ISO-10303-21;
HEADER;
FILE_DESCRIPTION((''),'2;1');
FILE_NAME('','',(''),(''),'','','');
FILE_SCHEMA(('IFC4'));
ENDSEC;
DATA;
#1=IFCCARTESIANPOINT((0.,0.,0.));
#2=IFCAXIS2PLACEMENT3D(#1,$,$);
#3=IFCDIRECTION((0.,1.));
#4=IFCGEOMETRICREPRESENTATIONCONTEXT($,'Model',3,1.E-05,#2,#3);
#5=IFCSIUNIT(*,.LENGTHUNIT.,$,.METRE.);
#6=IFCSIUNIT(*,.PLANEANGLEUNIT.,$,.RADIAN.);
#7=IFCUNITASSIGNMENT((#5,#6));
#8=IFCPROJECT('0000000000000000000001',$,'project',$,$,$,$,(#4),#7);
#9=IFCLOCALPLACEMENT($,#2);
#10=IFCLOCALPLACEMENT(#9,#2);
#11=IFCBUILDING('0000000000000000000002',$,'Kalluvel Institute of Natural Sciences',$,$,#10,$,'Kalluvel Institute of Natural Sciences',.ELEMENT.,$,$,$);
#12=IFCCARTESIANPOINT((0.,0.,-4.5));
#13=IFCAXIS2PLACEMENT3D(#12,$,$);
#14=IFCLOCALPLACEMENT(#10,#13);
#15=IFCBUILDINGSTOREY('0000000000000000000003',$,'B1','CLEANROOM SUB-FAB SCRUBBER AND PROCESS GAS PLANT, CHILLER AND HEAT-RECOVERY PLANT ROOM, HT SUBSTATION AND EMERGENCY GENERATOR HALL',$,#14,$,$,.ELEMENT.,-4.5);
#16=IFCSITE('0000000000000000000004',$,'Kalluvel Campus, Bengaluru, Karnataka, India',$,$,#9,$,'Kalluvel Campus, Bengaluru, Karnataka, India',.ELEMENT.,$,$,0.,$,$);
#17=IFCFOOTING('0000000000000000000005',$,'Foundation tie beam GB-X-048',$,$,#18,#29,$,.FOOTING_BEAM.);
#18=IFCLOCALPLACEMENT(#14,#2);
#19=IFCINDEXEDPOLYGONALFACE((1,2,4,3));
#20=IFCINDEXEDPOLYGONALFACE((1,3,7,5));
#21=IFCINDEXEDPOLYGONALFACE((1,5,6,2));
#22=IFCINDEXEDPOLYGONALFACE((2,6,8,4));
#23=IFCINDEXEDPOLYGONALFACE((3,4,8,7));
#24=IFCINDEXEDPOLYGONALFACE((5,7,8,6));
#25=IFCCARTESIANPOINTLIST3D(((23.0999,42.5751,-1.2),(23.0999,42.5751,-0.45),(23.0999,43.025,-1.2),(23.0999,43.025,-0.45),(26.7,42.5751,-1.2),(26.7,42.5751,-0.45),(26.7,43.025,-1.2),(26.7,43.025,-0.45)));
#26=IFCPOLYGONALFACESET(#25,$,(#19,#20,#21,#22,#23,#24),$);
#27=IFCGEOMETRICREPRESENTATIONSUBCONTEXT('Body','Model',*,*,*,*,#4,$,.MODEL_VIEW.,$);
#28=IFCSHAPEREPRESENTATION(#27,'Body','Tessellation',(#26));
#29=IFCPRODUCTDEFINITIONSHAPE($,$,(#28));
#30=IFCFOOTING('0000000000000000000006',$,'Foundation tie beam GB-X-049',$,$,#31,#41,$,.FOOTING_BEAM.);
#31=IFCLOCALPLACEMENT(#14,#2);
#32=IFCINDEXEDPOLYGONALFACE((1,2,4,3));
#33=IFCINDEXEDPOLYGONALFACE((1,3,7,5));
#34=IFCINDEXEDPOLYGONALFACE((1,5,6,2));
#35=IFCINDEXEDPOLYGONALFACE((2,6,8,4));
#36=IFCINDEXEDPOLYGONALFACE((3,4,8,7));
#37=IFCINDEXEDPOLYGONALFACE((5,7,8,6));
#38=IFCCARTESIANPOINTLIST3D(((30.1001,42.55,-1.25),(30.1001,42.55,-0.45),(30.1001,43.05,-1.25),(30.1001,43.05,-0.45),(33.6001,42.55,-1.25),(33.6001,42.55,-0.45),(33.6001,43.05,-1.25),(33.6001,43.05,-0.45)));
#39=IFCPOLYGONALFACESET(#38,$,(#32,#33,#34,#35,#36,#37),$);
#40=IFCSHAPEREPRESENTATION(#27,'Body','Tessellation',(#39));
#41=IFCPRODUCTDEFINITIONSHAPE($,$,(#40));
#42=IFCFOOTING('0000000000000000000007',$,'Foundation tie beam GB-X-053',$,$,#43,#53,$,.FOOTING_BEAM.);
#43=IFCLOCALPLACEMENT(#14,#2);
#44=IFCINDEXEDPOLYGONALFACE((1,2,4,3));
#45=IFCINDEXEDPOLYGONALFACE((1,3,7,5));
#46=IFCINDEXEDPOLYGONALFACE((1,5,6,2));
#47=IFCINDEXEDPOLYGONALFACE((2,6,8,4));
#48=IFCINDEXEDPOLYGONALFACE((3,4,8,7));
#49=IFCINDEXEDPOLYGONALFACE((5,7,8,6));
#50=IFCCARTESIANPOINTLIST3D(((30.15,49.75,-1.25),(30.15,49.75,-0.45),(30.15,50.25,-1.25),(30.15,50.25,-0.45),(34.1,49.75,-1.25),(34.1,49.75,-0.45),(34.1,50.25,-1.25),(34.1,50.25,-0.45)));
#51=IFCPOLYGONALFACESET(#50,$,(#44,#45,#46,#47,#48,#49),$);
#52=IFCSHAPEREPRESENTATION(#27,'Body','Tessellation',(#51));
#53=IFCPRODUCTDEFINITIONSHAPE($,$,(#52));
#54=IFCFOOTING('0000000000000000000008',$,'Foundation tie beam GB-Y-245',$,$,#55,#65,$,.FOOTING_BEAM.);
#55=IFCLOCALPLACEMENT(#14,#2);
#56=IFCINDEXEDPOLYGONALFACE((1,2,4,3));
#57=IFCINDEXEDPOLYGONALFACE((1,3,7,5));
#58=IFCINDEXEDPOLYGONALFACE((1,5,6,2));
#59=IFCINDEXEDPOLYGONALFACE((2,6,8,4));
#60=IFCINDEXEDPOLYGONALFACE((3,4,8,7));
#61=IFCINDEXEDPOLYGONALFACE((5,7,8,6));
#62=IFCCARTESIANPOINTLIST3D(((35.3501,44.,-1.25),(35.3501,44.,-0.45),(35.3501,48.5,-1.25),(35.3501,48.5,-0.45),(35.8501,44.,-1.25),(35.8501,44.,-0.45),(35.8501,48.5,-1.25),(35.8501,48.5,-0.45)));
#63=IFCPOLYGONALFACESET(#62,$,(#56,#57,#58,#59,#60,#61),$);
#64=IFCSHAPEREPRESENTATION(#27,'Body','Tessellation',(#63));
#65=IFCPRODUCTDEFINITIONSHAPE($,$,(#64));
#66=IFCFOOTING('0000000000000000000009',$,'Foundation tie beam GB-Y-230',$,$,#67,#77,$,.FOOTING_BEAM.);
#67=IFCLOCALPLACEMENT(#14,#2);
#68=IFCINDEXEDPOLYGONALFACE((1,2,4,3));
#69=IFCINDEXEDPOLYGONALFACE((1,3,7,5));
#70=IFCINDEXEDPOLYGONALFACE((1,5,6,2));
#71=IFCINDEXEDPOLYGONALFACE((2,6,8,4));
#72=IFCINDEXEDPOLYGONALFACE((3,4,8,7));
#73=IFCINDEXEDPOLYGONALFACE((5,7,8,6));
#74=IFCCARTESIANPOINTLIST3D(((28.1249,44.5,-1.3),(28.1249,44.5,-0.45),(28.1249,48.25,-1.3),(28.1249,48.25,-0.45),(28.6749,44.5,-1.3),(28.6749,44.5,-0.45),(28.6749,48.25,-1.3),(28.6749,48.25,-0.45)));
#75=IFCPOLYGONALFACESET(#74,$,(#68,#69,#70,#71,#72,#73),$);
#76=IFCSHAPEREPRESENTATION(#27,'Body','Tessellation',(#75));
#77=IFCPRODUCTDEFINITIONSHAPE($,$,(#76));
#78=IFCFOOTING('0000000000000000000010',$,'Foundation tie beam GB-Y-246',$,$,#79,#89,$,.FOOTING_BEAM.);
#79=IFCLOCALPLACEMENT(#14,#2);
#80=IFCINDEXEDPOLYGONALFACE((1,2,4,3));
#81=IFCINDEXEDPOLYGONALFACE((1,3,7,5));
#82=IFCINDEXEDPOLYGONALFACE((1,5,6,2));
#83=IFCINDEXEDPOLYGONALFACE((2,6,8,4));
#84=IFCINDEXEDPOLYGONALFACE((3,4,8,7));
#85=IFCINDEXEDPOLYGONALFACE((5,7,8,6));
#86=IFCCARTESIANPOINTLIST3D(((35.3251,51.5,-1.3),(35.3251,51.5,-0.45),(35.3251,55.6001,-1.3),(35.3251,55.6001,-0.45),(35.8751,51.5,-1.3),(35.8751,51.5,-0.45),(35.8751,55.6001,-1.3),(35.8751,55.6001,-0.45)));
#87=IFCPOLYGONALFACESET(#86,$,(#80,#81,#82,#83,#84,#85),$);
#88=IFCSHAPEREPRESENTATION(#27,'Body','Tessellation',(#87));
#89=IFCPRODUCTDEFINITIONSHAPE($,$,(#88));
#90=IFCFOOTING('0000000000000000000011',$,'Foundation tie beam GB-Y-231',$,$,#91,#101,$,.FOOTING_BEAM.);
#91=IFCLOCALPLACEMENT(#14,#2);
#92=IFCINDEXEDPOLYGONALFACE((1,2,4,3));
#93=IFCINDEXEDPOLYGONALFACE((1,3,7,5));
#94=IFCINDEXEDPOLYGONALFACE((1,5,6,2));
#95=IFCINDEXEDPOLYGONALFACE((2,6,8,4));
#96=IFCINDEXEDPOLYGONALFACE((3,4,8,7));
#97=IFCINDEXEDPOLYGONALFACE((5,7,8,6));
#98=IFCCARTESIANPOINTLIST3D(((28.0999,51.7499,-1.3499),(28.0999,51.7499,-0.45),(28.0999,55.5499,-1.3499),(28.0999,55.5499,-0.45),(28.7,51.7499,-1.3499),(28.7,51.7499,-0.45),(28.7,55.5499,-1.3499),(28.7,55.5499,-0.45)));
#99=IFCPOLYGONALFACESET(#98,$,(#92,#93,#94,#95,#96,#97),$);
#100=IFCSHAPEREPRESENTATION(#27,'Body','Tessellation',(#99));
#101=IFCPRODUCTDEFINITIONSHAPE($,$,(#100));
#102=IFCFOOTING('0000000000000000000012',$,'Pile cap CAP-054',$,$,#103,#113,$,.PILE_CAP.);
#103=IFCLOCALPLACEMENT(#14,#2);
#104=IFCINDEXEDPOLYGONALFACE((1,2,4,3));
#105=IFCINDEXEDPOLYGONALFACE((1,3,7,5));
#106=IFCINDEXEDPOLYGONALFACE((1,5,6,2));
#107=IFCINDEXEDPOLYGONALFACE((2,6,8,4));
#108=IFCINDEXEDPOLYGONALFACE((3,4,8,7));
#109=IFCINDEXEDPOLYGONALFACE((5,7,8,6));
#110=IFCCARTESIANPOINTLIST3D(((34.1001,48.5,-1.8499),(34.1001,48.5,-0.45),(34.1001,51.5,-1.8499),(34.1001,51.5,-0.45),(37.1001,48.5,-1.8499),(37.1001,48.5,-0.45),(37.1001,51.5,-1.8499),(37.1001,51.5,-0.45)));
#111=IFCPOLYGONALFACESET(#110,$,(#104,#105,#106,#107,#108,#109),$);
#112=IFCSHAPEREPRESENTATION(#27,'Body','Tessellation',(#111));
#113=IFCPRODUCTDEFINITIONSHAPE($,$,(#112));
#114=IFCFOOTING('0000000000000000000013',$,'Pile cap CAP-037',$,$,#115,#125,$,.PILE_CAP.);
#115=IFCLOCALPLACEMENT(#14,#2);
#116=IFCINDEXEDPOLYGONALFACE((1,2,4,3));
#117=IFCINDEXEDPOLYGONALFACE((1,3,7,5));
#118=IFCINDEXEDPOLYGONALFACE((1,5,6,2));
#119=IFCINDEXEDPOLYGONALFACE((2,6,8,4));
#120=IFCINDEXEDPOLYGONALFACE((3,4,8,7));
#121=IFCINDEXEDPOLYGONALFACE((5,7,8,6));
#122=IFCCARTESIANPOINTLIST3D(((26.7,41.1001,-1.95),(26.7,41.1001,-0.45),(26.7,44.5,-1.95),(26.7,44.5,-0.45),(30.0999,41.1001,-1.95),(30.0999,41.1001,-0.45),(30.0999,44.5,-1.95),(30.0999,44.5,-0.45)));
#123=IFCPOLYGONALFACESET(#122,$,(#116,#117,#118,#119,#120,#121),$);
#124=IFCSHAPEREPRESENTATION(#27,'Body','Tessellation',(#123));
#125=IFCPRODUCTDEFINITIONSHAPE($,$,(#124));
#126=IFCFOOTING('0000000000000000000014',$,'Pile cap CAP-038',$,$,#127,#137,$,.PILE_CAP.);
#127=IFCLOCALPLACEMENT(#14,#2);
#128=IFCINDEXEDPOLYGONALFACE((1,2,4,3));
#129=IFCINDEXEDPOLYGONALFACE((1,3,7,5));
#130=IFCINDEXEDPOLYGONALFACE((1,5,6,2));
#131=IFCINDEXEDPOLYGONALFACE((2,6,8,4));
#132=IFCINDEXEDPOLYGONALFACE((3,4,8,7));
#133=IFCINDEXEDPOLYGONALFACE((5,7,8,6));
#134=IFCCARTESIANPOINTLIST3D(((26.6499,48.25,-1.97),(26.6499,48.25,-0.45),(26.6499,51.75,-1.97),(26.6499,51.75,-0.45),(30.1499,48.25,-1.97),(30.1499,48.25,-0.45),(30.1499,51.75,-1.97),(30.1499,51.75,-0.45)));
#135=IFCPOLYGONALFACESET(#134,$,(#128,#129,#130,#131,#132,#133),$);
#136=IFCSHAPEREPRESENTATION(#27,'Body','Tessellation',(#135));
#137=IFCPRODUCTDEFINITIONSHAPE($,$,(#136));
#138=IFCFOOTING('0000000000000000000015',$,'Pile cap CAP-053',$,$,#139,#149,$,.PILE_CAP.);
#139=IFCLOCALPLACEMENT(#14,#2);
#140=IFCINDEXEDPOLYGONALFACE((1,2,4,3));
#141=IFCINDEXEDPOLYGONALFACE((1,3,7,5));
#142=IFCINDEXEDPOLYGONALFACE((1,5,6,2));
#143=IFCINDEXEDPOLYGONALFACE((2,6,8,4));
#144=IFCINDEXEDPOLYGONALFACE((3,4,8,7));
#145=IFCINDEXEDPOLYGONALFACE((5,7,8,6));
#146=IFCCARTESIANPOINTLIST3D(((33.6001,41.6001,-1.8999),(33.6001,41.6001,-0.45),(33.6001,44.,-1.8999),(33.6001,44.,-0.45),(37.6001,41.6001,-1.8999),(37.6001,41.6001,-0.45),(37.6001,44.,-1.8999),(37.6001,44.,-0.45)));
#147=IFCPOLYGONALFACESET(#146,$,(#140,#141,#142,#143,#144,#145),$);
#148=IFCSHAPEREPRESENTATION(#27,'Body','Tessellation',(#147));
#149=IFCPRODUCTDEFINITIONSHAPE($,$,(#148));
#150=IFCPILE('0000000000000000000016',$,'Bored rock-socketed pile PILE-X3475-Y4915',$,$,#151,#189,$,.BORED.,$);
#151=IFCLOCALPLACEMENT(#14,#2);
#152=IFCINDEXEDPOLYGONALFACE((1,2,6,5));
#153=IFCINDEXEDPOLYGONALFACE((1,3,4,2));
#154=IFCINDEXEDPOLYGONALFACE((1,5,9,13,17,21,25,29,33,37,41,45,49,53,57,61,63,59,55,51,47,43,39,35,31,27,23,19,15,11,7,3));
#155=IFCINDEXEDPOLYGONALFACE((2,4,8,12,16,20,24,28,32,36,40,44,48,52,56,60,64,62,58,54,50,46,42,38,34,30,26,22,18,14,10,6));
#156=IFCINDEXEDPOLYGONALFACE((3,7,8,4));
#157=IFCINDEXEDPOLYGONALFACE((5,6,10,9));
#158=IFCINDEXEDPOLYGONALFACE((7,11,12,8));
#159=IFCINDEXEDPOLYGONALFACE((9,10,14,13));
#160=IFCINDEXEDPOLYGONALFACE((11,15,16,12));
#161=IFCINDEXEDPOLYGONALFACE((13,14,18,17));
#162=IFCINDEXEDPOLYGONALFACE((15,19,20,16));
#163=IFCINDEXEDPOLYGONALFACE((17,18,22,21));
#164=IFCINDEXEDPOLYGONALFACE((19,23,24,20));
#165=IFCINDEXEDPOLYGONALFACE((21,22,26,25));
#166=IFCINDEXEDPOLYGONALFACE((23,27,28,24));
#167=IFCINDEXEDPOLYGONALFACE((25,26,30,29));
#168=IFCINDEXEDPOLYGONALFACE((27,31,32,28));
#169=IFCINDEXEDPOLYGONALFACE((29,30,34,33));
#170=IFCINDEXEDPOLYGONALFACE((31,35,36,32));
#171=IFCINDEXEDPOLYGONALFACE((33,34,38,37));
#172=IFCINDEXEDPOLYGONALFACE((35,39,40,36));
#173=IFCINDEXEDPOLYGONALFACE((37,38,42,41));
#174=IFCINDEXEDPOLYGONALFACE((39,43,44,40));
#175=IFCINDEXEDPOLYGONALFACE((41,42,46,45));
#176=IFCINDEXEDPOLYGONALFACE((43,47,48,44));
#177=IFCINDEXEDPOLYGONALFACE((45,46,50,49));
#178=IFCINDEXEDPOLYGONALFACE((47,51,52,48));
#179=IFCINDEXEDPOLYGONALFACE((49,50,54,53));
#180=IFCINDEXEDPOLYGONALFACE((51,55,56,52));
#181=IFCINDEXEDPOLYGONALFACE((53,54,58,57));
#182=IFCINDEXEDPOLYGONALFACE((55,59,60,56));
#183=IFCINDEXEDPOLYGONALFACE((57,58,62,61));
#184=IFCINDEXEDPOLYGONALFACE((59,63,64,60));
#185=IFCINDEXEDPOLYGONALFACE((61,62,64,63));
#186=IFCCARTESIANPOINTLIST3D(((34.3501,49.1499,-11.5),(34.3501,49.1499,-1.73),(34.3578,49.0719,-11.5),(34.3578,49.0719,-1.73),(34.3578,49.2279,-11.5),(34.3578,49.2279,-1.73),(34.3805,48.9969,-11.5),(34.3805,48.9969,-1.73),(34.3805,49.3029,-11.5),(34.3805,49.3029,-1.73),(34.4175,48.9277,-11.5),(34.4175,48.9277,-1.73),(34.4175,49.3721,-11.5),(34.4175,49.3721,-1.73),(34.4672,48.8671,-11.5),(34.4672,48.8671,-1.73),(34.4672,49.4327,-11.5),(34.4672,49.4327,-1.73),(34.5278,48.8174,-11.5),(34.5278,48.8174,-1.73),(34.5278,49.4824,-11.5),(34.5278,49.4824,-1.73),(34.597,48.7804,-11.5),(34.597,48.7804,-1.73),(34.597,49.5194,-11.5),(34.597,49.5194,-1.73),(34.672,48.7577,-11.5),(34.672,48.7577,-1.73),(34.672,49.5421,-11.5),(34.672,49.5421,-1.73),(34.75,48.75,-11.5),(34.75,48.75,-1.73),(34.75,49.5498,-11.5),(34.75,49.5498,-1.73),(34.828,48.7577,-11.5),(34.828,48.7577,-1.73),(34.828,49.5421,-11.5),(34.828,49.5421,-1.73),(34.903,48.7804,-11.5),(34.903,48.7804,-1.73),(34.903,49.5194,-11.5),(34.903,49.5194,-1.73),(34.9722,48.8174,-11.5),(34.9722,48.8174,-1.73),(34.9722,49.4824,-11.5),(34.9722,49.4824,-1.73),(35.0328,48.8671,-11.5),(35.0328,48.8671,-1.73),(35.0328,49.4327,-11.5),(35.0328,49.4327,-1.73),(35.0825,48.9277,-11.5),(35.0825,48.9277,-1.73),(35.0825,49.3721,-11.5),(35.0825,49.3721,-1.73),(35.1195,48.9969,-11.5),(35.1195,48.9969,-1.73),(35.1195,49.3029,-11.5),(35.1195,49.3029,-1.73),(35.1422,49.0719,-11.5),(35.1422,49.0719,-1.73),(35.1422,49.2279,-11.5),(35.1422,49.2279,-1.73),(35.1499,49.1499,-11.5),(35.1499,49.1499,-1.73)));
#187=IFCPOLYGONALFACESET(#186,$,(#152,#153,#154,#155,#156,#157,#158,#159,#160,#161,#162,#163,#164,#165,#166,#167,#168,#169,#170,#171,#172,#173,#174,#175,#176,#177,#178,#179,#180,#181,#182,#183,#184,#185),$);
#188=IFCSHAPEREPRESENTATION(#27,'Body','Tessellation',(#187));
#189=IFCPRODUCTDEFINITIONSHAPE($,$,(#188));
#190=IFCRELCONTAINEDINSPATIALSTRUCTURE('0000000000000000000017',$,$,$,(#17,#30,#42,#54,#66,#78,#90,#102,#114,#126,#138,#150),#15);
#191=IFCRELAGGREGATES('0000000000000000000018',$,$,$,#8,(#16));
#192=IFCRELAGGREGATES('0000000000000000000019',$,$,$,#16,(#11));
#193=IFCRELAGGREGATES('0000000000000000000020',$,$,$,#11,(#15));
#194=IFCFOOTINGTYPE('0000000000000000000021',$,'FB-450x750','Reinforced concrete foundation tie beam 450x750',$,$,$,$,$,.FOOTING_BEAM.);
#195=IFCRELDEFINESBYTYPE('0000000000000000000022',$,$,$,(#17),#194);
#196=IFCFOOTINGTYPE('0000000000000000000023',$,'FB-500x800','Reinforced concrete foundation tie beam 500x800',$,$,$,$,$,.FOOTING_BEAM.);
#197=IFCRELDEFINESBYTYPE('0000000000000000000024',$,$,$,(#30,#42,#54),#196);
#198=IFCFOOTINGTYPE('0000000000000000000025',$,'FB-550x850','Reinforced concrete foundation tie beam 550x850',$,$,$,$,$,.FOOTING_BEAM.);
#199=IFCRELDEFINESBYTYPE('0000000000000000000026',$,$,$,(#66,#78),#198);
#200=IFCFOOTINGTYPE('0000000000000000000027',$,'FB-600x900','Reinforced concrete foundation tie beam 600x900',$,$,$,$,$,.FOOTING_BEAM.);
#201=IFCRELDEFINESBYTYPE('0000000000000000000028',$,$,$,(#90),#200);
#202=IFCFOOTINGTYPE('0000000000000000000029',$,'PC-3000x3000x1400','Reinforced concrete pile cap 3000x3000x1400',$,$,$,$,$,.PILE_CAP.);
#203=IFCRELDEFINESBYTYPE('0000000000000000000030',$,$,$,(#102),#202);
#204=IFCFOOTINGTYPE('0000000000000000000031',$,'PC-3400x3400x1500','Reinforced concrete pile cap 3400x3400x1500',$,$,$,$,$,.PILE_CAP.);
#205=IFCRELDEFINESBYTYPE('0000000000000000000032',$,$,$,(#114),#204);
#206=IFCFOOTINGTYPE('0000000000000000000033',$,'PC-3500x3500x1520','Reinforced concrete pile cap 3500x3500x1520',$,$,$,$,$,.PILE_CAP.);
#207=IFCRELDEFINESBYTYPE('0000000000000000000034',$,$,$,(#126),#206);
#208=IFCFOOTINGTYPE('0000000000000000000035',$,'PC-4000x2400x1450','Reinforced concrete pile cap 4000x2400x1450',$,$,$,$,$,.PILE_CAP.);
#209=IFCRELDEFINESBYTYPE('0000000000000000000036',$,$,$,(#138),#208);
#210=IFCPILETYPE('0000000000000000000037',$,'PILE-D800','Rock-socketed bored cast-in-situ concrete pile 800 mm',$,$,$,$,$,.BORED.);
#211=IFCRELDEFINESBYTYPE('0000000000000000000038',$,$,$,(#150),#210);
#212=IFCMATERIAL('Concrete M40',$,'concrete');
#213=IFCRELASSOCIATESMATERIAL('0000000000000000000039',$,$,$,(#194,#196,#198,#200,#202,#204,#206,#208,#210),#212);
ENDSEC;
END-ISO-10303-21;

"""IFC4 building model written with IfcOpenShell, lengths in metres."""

from ifc_helpers import new_model, si_unit, direction, frame, origin, origin_2d, place, context, subcontext, project, spatial, rectangle, circle, extrude, material, material_profile, profile_set, type_object, element, save


model = new_model("IFC4")

# Units and contexts
model_context = context("Model", 3, precision=1e-05, world=origin(), true_north=direction((0.0, 1.0)))
body_context = subcontext(model_context, "Body", "Model", "MODEL_VIEW")
ifc_project = project(units=[si_unit("LENGTHUNIT", "METRE"), si_unit("PLANEANGLEUNIT", "RADIAN")], contexts=[model_context])

# Site, building, storey
site_placement = place(None, origin())
site = spatial("IfcSite", under=ifc_project, at=site_placement, Name="Kalluvel Campus, Bengaluru, Karnataka, India", LongName="Kalluvel Campus, Bengaluru, Karnataka, India", CompositionType="ELEMENT", RefElevation=0.0)
building_placement = place(site_placement, origin())
building = spatial("IfcBuilding", under=site, at=building_placement, Name="Kalluvel Institute of Natural Sciences", LongName="Kalluvel Institute of Natural Sciences", CompositionType="ELEMENT")
storey_placement = place(building_placement, frame((0.0, 0.0, -4.5)))
storey = spatial("IfcBuildingStorey", under=building, at=storey_placement, Name="B1", Description="CLEANROOM SUB-FAB SCRUBBER AND PROCESS GAS PLANT, CHILLER AND HEAT-RECOVERY PLANT ROOM, HT SUBSTATION AND EMERGENCY GENERATOR HALL", CompositionType="ELEMENT", Elevation=-4.5)

# Footings
ifc_material_1 = material(Name="Concrete M40", Category="concrete")
footing_type_1 = type_object("IfcFootingType", Name="FB-450x750", Description="Reinforced concrete foundation tie beam 450x750", PredefinedType="FOOTING_BEAM", material=ifc_material_1)
footing_1_placement = place(storey_placement, frame((24.8999, 42.8, -1.2), z_axis=(0.0, 0.0, 1.0), x_axis=(1.0, 0.0, 0.0)))
element("IfcFooting", 1, at=footing_1_placement, inside=storey, type_object=footing_type_1, Name="Foundation tie beam GB-X-048", PredefinedType="FOOTING_BEAM", context=body_context, shape_type="SweptSolid", body=[
    extrude(rectangle(XDim=3.6001, YDim=0.45, at=origin_2d()), origin(), (0.0, 0.0, 1.0), 0.75),
])
footing_type_2 = type_object("IfcFootingType", Name="FB-500x800", Description="Reinforced concrete foundation tie beam 500x800", PredefinedType="FOOTING_BEAM", material=ifc_material_1)
footing_2_placement = place(storey_placement, frame((31.8501, 42.8, -1.25), z_axis=(0.0, 0.0, 1.0), x_axis=(1.0, 0.0, 0.0)))
element("IfcFooting", 2, at=footing_2_placement, inside=storey, type_object=footing_type_2, Name="Foundation tie beam GB-X-049", PredefinedType="FOOTING_BEAM", context=body_context, shape_type="SweptSolid", body=[
    extrude(rectangle(XDim=3.5, YDim=0.5, at=origin_2d()), origin(), (0.0, 0.0, 1.0), 0.8),
])
footing_3_placement = place(storey_placement, frame((32.125, 50.0, -1.25), z_axis=(0.0, 0.0, 1.0), x_axis=(1.0, 0.0, 0.0)))
element("IfcFooting", 3, at=footing_3_placement, inside=storey, type_object=footing_type_2, Name="Foundation tie beam GB-X-053", PredefinedType="FOOTING_BEAM", context=body_context, shape_type="SweptSolid", body=[
    extrude(rectangle(XDim=3.95, YDim=0.5, at=origin_2d()), origin(), (0.0, 0.0, 1.0), 0.8),
])
footing_4_placement = place(storey_placement, frame((35.6001, 46.25, -1.25), z_axis=(0.0, 0.0, 1.0), x_axis=(1.0, 0.0, 0.0)))
element("IfcFooting", 4, at=footing_4_placement, inside=storey, type_object=footing_type_2, Name="Foundation tie beam GB-Y-245", PredefinedType="FOOTING_BEAM", context=body_context, shape_type="SweptSolid", body=[
    extrude(rectangle(XDim=0.5, YDim=4.5, at=origin_2d()), origin(), (0.0, 0.0, 1.0), 0.8),
])
footing_type_3 = type_object("IfcFootingType", Name="FB-550x850", Description="Reinforced concrete foundation tie beam 550x850", PredefinedType="FOOTING_BEAM", material=ifc_material_1)
footing_5_placement = place(storey_placement, frame((28.3999, 46.375, -1.3), z_axis=(0.0, 0.0, 1.0), x_axis=(1.0, 0.0, 0.0)))
element("IfcFooting", 5, at=footing_5_placement, inside=storey, type_object=footing_type_3, Name="Foundation tie beam GB-Y-230", PredefinedType="FOOTING_BEAM", context=body_context, shape_type="SweptSolid", body=[
    extrude(rectangle(XDim=0.55, YDim=3.75, at=origin_2d()), origin(), (0.0, 0.0, 1.0), 0.8501),
])
footing_6_placement = place(storey_placement, frame((35.6001, 53.55, -1.3), z_axis=(0.0, 0.0, 1.0), x_axis=(1.0, 0.0, 0.0)))
element("IfcFooting", 6, at=footing_6_placement, inside=storey, type_object=footing_type_3, Name="Foundation tie beam GB-Y-246", PredefinedType="FOOTING_BEAM", context=body_context, shape_type="SweptSolid", body=[
    extrude(rectangle(XDim=0.55, YDim=4.1001, at=origin_2d()), origin(), (0.0, 0.0, 1.0), 0.8501),
])
footing_type_4 = type_object("IfcFootingType", Name="FB-600x900", Description="Reinforced concrete foundation tie beam 600x900", PredefinedType="FOOTING_BEAM", material=ifc_material_1)
footing_7_placement = place(storey_placement, frame((28.3999, 53.6499, -1.3499), z_axis=(0.0, 0.0, 1.0), x_axis=(1.0, 0.0, 0.0)))
element("IfcFooting", 7, at=footing_7_placement, inside=storey, type_object=footing_type_4, Name="Foundation tie beam GB-Y-231", PredefinedType="FOOTING_BEAM", context=body_context, shape_type="SweptSolid", body=[
    extrude(rectangle(XDim=0.6001, YDim=3.8, at=origin_2d()), origin(), (0.0, 0.0, 1.0), 0.8999),
])
footing_type_5 = type_object("IfcFootingType", Name="PC-3000x3000x1400", Description="Reinforced concrete pile cap 3000x3000x1400", PredefinedType="PILE_CAP", material=ifc_material_1)
footing_8_placement = place(storey_placement, frame((35.6001, 50.0, -1.8499), z_axis=(0.0, 0.0, 1.0), x_axis=(1.0, 0.0, 0.0)))
element("IfcFooting", 8, at=footing_8_placement, inside=storey, type_object=footing_type_5, Name="Pile cap CAP-054", PredefinedType="PILE_CAP", context=body_context, shape_type="SweptSolid", body=[
    extrude(rectangle(XDim=3.0, YDim=3.0, at=origin_2d()), origin(), (0.0, 0.0, 1.0), 1.3999),
])
footing_type_6 = type_object("IfcFootingType", Name="PC-3400x3400x1500", Description="Reinforced concrete pile cap 3400x3400x1500", PredefinedType="PILE_CAP", material=ifc_material_1)
footing_9_placement = place(storey_placement, frame((28.3999, 42.8, -1.95), z_axis=(0.0, 0.0, 1.0), x_axis=(1.0, 0.0, 0.0)))
element("IfcFooting", 9, at=footing_9_placement, inside=storey, type_object=footing_type_6, Name="Pile cap CAP-037", PredefinedType="PILE_CAP", context=body_context, shape_type="SweptSolid", body=[
    extrude(rectangle(XDim=3.3999, YDim=3.3999, at=origin_2d()), origin(), (0.0, 0.0, 1.0), 1.5),
])
footing_type_7 = type_object("IfcFootingType", Name="PC-3500x3500x1520", Description="Reinforced concrete pile cap 3500x3500x1520", PredefinedType="PILE_CAP", material=ifc_material_1)
footing_10_placement = place(storey_placement, frame((28.3999, 50.0, -1.97), z_axis=(0.0, 0.0, 1.0), x_axis=(1.0, 0.0, 0.0)))
element("IfcFooting", 10, at=footing_10_placement, inside=storey, type_object=footing_type_7, Name="Pile cap CAP-038", PredefinedType="PILE_CAP", context=body_context, shape_type="SweptSolid", body=[
    extrude(rectangle(XDim=3.5, YDim=3.5, at=origin_2d()), origin(), (0.0, 0.0, 1.0), 1.52),
])
footing_type_8 = type_object("IfcFootingType", Name="PC-4000x2400x1450", Description="Reinforced concrete pile cap 4000x2400x1450", PredefinedType="PILE_CAP", material=ifc_material_1)
footing_11_placement = place(storey_placement, frame((35.6001, 42.8, -1.8999), z_axis=(0.0, 0.0, 1.0), x_axis=(1.0, 0.0, 0.0)))
element("IfcFooting", 11, at=footing_11_placement, inside=storey, type_object=footing_type_8, Name="Pile cap CAP-053", PredefinedType="PILE_CAP", context=body_context, shape_type="SweptSolid", body=[
    extrude(rectangle(XDim=4.0, YDim=2.3999, at=origin_2d()), origin(), (0.0, 0.0, 1.0), 1.45),
])

# Pile
ifc_material_profile_1 = material_profile(ifc_material_1, circle(Radius=0.3999, at=origin_2d()), Name="PILE D800")
ifc_profile_set_1 = profile_set([ifc_material_profile_1], Name="Concrete M40")
pile_type_1 = type_object("IfcPileType", Name="PILE-D800", Description="Rock-socketed bored cast-in-situ concrete pile 800 mm", PredefinedType="BORED", material=ifc_profile_set_1)
for number, where, z_axis, x_axis, name in (
    (12, (34.75, 49.1499, -1.73), (0.0, 0.0, -1.0), (1.0, 0.0, 0.0), "Bored rock-socketed pile PILE-X3475-Y4915"),
):
    element("IfcPile", number, at=place(storey_placement, frame(where, z_axis=z_axis, x_axis=x_axis)), inside=storey, type_object=pile_type_1, Name=name, PredefinedType="BORED", context=body_context, shape_type="SweptSolid", body=[
        extrude(circle(Radius=0.3999, at=origin_2d()), origin(), (0.0, 0.0, 1.0), 9.77),
    ])

save(model, "model.ifc")
